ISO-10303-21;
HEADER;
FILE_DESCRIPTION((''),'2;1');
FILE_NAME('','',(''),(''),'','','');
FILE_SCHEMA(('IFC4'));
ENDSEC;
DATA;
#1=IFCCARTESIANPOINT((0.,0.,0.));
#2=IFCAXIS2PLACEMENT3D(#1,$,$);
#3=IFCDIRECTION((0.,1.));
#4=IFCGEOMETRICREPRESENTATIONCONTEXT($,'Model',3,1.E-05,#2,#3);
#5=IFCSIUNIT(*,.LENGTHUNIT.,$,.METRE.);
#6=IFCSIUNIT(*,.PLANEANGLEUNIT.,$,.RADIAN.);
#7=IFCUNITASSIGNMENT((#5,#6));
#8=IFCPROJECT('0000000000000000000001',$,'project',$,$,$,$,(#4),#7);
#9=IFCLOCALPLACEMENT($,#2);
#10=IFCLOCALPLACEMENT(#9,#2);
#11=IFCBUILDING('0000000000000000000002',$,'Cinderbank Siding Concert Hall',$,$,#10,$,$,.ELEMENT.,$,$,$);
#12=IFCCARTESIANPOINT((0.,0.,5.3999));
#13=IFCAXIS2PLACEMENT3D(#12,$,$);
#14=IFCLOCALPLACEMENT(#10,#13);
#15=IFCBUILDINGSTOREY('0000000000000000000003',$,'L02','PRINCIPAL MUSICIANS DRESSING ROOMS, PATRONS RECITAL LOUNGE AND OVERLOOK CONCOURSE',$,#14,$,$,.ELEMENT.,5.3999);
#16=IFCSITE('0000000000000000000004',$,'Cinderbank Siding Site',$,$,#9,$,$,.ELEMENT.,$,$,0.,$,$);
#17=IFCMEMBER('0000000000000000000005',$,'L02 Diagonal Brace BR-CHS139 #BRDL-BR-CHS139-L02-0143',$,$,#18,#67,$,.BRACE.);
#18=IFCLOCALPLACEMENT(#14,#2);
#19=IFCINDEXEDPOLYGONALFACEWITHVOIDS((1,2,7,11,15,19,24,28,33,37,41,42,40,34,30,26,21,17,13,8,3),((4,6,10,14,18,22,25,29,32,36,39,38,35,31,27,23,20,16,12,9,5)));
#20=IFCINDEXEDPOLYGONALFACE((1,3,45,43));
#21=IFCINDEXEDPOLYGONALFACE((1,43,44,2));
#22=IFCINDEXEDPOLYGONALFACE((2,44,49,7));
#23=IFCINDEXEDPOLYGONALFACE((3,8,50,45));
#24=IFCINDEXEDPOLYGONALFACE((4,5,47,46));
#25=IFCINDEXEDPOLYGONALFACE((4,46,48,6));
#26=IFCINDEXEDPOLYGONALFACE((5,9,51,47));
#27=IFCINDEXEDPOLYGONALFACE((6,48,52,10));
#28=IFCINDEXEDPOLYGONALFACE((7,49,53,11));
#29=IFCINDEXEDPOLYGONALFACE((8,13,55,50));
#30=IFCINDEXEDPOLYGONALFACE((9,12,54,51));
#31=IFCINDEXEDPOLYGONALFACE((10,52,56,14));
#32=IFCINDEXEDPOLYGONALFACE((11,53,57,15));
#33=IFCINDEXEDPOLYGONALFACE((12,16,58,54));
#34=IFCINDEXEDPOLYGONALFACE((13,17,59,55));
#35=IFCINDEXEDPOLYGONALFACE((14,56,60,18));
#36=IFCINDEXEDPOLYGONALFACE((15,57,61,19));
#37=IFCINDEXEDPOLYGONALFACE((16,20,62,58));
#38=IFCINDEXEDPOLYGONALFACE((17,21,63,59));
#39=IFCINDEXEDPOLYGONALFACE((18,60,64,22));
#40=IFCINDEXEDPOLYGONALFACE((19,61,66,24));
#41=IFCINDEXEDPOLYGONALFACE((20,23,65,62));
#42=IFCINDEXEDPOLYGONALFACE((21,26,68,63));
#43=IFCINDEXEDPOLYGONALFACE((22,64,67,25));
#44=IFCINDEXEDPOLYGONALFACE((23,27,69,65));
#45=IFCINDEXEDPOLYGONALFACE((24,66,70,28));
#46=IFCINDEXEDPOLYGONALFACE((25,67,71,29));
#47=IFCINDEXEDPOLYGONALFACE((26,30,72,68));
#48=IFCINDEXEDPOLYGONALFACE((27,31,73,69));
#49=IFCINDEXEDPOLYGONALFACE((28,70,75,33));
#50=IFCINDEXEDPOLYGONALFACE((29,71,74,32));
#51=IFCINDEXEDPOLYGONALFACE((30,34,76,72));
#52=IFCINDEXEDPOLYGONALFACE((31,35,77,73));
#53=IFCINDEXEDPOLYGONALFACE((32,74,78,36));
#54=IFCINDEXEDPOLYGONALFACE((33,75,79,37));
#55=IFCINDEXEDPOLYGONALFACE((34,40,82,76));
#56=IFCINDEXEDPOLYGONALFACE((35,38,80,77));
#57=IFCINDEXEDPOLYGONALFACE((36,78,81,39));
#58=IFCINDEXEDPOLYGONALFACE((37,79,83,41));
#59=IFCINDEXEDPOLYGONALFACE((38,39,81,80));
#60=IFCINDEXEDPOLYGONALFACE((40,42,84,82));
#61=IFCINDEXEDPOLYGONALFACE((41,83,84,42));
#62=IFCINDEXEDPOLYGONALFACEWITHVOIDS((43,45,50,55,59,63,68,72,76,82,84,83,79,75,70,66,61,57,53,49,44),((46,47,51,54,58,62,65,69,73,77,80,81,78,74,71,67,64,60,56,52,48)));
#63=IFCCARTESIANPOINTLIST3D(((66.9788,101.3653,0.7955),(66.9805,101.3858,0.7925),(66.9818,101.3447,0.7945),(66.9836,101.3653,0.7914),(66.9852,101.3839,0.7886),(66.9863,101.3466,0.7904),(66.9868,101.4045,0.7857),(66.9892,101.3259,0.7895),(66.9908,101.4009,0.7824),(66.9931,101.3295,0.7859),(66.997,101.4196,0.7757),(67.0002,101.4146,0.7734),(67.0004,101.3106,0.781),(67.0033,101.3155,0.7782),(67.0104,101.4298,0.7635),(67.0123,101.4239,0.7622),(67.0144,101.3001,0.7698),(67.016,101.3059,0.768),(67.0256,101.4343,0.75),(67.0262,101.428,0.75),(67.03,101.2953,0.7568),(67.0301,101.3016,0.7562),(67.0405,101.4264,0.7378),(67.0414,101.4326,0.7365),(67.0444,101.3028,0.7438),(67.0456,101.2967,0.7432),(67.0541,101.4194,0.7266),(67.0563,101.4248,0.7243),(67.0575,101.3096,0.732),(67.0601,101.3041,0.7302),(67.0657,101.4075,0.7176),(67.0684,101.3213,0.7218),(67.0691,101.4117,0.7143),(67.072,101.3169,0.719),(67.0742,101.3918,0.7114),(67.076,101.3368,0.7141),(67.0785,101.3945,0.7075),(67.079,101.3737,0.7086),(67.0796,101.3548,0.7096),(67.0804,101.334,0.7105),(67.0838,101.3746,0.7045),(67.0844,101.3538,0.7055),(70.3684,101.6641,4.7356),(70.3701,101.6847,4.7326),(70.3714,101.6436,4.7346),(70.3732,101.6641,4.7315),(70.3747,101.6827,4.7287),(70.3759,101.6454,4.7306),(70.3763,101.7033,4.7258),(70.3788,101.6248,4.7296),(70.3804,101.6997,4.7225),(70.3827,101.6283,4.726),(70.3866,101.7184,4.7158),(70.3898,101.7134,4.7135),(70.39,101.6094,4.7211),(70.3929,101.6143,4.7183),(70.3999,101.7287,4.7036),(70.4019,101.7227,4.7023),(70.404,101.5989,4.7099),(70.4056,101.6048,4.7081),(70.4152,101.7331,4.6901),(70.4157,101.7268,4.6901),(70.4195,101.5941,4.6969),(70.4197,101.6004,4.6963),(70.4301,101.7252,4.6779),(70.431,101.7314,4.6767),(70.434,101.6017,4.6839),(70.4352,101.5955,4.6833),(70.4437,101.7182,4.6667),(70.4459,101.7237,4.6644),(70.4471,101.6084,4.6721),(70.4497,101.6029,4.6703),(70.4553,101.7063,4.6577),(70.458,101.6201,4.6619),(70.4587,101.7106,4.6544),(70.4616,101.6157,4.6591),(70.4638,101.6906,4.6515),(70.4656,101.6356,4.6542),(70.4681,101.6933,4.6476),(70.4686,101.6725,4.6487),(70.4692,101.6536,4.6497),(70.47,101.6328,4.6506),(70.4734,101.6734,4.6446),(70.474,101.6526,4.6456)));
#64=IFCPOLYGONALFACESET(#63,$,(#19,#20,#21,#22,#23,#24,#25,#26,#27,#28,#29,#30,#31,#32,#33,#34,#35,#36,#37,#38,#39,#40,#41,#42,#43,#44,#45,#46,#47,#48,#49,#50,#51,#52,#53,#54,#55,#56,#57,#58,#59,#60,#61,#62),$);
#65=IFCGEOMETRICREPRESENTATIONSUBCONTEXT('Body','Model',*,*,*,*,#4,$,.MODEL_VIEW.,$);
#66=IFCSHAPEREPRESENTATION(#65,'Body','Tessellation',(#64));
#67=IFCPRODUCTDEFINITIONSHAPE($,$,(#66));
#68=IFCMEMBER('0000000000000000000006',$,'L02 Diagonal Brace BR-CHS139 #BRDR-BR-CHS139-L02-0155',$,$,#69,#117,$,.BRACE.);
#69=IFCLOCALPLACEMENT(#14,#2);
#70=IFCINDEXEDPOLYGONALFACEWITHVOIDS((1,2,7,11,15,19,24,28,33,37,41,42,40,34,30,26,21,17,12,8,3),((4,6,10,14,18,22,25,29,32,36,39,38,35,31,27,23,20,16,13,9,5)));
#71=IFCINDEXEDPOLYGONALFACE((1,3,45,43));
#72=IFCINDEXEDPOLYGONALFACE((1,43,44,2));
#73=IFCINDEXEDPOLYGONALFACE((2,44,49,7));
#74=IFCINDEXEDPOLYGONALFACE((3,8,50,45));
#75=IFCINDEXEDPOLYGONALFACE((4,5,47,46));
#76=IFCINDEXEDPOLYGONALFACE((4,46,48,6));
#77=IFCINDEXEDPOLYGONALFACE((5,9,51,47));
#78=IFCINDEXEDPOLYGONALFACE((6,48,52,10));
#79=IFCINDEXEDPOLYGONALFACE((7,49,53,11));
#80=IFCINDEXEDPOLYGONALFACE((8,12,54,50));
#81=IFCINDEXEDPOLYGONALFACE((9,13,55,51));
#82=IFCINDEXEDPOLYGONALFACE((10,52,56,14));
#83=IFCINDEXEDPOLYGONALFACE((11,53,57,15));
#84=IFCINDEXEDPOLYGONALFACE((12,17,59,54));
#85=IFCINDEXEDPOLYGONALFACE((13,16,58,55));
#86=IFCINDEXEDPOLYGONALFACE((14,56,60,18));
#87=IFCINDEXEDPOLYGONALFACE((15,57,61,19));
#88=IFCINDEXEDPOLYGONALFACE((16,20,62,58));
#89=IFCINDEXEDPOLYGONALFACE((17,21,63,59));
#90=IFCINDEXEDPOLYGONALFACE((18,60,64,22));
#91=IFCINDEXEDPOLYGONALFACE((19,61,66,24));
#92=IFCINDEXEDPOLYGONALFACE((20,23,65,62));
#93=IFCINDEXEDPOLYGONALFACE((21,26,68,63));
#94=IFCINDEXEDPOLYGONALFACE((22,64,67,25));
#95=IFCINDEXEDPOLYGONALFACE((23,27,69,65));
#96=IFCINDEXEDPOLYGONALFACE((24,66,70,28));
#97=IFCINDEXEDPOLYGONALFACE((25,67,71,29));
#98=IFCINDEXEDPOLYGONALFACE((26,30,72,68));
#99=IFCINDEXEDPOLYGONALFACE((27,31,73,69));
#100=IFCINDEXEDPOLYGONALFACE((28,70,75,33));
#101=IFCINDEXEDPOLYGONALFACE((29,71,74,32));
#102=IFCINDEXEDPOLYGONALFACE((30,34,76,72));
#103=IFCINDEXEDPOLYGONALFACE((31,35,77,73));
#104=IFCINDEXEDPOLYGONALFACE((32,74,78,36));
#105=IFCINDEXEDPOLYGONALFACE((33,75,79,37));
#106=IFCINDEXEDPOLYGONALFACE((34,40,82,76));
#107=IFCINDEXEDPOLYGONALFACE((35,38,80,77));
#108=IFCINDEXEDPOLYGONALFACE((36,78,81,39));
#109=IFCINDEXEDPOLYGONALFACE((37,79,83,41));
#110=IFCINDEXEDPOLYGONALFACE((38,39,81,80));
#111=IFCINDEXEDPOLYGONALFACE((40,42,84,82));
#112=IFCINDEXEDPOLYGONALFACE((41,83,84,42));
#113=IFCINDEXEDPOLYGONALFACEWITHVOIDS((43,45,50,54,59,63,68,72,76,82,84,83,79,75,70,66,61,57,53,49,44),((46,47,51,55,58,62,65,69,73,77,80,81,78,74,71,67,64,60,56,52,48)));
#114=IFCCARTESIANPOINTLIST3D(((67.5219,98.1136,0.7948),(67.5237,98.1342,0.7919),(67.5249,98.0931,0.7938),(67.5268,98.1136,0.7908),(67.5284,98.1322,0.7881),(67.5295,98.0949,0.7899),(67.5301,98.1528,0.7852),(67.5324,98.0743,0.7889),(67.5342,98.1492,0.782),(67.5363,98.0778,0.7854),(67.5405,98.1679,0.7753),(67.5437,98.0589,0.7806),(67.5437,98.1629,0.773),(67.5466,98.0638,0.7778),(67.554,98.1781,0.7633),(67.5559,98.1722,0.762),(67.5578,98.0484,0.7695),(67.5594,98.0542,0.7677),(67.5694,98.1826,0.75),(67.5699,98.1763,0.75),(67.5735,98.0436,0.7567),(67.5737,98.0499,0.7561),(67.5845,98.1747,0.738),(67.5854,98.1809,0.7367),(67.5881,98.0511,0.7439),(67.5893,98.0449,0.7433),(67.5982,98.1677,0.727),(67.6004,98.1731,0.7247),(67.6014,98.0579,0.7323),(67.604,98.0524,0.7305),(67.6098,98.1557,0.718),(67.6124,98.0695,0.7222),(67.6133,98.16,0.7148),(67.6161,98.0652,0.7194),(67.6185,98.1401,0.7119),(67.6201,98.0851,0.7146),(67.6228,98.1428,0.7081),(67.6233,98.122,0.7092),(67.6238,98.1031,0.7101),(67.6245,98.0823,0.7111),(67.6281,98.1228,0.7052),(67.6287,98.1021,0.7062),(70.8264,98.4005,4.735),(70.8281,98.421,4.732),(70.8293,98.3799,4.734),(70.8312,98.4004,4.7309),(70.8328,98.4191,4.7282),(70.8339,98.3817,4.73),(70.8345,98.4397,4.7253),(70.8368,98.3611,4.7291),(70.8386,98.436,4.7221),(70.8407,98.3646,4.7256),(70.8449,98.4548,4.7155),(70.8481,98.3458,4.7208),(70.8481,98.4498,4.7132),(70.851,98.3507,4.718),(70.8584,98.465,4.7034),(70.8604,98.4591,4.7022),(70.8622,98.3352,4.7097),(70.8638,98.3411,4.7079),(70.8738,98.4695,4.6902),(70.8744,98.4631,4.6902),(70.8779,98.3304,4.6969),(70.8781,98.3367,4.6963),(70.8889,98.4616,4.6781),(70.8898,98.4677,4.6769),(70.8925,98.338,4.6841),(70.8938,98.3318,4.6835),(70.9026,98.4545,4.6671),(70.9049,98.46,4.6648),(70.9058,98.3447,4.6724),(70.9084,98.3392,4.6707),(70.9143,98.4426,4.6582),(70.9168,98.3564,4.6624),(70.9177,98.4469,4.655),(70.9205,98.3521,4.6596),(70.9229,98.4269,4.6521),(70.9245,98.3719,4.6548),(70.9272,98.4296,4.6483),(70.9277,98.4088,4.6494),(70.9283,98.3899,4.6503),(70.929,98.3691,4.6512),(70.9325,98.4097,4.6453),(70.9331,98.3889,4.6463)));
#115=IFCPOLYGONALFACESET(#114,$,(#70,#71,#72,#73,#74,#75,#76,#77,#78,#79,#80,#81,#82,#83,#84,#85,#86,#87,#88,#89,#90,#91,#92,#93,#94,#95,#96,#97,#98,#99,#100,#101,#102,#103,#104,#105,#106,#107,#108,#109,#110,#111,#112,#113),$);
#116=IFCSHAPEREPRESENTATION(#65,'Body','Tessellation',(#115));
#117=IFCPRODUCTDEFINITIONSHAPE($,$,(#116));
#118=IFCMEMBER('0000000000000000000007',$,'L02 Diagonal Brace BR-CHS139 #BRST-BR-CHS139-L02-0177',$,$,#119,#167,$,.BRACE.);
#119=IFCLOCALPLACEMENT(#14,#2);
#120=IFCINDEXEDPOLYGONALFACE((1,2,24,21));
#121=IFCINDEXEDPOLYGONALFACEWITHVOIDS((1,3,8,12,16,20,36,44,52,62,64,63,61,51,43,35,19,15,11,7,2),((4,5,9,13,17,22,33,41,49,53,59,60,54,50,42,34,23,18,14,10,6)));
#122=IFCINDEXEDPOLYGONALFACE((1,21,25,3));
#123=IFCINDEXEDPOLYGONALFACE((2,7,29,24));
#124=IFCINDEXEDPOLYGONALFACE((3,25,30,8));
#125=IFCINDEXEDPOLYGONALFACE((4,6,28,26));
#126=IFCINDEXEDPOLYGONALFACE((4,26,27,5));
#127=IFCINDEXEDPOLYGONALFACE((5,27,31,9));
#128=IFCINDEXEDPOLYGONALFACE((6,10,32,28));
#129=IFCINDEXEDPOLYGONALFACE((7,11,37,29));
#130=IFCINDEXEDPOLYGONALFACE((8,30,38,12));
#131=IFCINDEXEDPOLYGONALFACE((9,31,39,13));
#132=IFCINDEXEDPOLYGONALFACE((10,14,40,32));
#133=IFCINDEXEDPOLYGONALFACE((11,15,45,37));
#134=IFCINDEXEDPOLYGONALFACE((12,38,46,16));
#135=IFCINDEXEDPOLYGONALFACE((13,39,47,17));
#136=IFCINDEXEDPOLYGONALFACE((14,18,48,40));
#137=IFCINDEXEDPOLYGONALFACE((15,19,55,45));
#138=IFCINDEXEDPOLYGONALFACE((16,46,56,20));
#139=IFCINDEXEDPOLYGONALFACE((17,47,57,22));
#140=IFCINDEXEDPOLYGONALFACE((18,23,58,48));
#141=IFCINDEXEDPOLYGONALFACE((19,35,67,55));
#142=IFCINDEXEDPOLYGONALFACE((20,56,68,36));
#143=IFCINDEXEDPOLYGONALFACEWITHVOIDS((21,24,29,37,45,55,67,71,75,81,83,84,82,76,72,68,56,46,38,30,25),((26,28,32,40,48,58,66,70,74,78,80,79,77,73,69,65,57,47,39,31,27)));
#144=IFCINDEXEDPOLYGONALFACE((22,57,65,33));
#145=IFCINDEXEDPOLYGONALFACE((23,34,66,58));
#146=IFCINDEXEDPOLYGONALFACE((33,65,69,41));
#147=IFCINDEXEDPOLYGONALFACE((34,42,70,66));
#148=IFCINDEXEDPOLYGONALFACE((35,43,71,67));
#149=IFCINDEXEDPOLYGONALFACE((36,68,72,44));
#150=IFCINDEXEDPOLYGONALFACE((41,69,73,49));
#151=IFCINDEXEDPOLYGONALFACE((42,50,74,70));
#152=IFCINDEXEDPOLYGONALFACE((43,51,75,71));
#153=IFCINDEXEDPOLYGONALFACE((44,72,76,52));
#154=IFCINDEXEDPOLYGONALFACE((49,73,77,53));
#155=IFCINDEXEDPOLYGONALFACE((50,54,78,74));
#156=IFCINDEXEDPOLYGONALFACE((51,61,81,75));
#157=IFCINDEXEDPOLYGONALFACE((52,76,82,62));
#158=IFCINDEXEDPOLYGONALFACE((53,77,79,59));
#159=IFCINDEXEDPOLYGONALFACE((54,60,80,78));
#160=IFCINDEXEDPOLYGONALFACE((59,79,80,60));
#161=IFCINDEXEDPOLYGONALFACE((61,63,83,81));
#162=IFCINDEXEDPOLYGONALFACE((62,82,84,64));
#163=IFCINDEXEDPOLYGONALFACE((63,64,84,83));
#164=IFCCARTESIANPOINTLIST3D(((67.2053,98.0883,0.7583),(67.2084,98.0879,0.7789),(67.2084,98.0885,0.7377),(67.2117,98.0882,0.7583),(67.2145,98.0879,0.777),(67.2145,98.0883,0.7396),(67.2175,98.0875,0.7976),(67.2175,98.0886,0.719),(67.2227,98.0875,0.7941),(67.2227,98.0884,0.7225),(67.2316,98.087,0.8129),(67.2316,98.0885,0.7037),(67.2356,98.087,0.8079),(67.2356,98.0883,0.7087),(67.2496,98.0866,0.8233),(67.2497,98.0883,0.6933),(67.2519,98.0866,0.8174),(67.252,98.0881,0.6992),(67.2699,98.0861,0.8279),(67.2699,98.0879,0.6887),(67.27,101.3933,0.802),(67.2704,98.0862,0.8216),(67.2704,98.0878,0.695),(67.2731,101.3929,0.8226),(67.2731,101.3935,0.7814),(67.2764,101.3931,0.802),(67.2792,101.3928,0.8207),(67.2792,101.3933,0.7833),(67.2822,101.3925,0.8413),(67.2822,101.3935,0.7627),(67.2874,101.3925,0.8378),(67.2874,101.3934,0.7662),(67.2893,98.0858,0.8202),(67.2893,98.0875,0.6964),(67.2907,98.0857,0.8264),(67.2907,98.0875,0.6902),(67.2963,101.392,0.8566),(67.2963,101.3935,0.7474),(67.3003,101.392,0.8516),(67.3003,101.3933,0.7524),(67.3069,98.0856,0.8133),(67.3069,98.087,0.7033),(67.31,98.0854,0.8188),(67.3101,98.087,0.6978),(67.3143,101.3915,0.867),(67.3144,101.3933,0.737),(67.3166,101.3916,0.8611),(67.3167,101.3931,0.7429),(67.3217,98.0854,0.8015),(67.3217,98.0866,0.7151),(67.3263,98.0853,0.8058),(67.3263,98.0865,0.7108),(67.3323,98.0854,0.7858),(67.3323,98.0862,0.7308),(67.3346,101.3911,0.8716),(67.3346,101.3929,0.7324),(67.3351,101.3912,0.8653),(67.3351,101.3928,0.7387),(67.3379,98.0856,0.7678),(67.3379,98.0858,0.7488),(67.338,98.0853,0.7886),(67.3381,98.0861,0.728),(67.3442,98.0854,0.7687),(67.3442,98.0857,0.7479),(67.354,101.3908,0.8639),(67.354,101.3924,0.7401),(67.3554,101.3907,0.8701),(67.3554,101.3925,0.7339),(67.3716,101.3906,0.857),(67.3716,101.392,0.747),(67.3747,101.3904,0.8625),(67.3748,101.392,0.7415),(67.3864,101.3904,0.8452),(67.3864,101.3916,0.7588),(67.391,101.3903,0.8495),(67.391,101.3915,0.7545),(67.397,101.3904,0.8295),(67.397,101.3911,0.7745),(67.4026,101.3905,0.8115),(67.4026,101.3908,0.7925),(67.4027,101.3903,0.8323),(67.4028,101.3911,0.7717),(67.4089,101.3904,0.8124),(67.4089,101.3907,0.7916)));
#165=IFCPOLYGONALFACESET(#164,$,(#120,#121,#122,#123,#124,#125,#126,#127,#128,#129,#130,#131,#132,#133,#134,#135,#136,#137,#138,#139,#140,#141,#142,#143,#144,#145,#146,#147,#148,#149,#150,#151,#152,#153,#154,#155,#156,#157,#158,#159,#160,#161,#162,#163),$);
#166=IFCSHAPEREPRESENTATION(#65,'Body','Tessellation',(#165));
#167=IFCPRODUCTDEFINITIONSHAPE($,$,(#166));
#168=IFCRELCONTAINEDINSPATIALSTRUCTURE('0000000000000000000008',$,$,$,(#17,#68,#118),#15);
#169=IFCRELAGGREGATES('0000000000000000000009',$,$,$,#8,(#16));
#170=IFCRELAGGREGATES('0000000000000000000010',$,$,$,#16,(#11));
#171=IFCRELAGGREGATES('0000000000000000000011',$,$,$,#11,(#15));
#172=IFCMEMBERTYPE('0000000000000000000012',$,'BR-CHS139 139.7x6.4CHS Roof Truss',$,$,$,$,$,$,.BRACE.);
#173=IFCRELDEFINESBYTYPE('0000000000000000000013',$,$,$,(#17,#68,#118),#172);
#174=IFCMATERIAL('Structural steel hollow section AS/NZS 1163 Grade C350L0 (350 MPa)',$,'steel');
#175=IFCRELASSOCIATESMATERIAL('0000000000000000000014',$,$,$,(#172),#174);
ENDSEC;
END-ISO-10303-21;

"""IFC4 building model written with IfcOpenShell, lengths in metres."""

from ifc_helpers import new_model, si_unit, direction, frame, origin, origin_2d, place, context, subcontext, project, spatial, hollow_circle, extrude, material, material_profile, profile_set, type_object, element, save


model = new_model("IFC4")

# Units and contexts
model_context = context("Model", 3, precision=1e-05, world=origin(), true_north=direction((0.0, 1.0)))
body_context = subcontext(model_context, "Body", "Model", "MODEL_VIEW")
ifc_project = project(units=[si_unit("LENGTHUNIT", "METRE"), si_unit("PLANEANGLEUNIT", "RADIAN")], contexts=[model_context])

# Site, building, storey
site_placement = place(None, origin())
site = spatial("IfcSite", under=ifc_project, at=site_placement, Name="Cinderbank Siding Site", CompositionType="ELEMENT", RefElevation=0.0)
building_placement = place(site_placement, origin())
building = spatial("IfcBuilding", under=site, at=building_placement, Name="Cinderbank Siding Concert Hall", CompositionType="ELEMENT")
storey_placement = place(building_placement, frame((0.0, 0.0, 5.3999)))
storey = spatial("IfcBuildingStorey", under=building, at=storey_placement, Name="L02", Description="PRINCIPAL MUSICIANS DRESSING ROOMS, PATRONS RECITAL LOUNGE AND OVERLOOK CONCOURSE", CompositionType="ELEMENT", Elevation=5.3999)

# Members
ifc_material_1 = material(Name="Structural steel hollow section AS/NZS 1163 Grade C350L0 (350 MPa)", Category="steel")
ifc_material_profile_1 = material_profile(ifc_material_1, hollow_circle(Radius=0.0698, WallThickness=0.0063, at=origin_2d()), Name="139.7x6.4CHS", Category="LoadBearing")
ifc_profile_set_1 = profile_set([ifc_material_profile_1], Name="Structural steel hollow section AS/NZS 1163 Grade C350L0 (350 MPa)")
member_type_1 = type_object("IfcMemberType", Name="BR-CHS139 139.7x6.4CHS Roof Truss", PredefinedType="BRACE", material=ifc_profile_set_1)
member_1_placement = place(storey_placement, frame((67.0317, 101.3647, 0.75), z_axis=(0.651084, 0.057399, 0.756832), x_axis=(-0.087818, 0.996136, 0.0)))
element("IfcMember", 1, at=member_1_placement, inside=storey, type_object=member_type_1, Name="L02 Diagonal Brace BR-CHS139 #BRDL-BR-CHS139-L02-0143", PredefinedType="BRACE", context=body_context, shape_type="SweptSolid", body=[
    extrude(hollow_circle(Radius=0.0698, WallThickness=0.0063, at=origin_2d()), origin(), (0.0, 0.0, 1.0), 5.2061),
])
member_2_placement = place(storey_placement, frame((67.5754, 98.113, 0.75), z_axis=(0.641589, 0.055698, 0.765024), x_axis=(-0.086487, 0.996253, 0.0)))
element("IfcMember", 2, at=member_2_placement, inside=storey, type_object=member_type_1, Name="L02 Diagonal Brace BR-CHS139 #BRDR-BR-CHS139-L02-0155", PredefinedType="BRACE", context=body_context, shape_type="SweptSolid", body=[
    extrude(hollow_circle(Radius=0.0698, WallThickness=0.0063, at=origin_2d()), origin(), (0.0, 0.0, 1.0), 5.1504),
])
member_3_placement = place(storey_placement, frame((67.2751, 98.0869, 0.7583), z_axis=(0.019571, 0.999721, 0.013219), x_axis=(-0.999808, 0.019572, 0.0)))
element("IfcMember", 3, at=member_3_placement, inside=storey, type_object=member_type_1, Name="L02 Diagonal Brace BR-CHS139 #BRST-BR-CHS139-L02-0177", PredefinedType="BRACE", context=body_context, shape_type="SweptSolid", body=[
    extrude(hollow_circle(Radius=0.0698, WallThickness=0.0063, at=origin_2d()), origin(), (0.0, 0.0, 1.0), 3.3059),
])

save(model, "model.ifc")
